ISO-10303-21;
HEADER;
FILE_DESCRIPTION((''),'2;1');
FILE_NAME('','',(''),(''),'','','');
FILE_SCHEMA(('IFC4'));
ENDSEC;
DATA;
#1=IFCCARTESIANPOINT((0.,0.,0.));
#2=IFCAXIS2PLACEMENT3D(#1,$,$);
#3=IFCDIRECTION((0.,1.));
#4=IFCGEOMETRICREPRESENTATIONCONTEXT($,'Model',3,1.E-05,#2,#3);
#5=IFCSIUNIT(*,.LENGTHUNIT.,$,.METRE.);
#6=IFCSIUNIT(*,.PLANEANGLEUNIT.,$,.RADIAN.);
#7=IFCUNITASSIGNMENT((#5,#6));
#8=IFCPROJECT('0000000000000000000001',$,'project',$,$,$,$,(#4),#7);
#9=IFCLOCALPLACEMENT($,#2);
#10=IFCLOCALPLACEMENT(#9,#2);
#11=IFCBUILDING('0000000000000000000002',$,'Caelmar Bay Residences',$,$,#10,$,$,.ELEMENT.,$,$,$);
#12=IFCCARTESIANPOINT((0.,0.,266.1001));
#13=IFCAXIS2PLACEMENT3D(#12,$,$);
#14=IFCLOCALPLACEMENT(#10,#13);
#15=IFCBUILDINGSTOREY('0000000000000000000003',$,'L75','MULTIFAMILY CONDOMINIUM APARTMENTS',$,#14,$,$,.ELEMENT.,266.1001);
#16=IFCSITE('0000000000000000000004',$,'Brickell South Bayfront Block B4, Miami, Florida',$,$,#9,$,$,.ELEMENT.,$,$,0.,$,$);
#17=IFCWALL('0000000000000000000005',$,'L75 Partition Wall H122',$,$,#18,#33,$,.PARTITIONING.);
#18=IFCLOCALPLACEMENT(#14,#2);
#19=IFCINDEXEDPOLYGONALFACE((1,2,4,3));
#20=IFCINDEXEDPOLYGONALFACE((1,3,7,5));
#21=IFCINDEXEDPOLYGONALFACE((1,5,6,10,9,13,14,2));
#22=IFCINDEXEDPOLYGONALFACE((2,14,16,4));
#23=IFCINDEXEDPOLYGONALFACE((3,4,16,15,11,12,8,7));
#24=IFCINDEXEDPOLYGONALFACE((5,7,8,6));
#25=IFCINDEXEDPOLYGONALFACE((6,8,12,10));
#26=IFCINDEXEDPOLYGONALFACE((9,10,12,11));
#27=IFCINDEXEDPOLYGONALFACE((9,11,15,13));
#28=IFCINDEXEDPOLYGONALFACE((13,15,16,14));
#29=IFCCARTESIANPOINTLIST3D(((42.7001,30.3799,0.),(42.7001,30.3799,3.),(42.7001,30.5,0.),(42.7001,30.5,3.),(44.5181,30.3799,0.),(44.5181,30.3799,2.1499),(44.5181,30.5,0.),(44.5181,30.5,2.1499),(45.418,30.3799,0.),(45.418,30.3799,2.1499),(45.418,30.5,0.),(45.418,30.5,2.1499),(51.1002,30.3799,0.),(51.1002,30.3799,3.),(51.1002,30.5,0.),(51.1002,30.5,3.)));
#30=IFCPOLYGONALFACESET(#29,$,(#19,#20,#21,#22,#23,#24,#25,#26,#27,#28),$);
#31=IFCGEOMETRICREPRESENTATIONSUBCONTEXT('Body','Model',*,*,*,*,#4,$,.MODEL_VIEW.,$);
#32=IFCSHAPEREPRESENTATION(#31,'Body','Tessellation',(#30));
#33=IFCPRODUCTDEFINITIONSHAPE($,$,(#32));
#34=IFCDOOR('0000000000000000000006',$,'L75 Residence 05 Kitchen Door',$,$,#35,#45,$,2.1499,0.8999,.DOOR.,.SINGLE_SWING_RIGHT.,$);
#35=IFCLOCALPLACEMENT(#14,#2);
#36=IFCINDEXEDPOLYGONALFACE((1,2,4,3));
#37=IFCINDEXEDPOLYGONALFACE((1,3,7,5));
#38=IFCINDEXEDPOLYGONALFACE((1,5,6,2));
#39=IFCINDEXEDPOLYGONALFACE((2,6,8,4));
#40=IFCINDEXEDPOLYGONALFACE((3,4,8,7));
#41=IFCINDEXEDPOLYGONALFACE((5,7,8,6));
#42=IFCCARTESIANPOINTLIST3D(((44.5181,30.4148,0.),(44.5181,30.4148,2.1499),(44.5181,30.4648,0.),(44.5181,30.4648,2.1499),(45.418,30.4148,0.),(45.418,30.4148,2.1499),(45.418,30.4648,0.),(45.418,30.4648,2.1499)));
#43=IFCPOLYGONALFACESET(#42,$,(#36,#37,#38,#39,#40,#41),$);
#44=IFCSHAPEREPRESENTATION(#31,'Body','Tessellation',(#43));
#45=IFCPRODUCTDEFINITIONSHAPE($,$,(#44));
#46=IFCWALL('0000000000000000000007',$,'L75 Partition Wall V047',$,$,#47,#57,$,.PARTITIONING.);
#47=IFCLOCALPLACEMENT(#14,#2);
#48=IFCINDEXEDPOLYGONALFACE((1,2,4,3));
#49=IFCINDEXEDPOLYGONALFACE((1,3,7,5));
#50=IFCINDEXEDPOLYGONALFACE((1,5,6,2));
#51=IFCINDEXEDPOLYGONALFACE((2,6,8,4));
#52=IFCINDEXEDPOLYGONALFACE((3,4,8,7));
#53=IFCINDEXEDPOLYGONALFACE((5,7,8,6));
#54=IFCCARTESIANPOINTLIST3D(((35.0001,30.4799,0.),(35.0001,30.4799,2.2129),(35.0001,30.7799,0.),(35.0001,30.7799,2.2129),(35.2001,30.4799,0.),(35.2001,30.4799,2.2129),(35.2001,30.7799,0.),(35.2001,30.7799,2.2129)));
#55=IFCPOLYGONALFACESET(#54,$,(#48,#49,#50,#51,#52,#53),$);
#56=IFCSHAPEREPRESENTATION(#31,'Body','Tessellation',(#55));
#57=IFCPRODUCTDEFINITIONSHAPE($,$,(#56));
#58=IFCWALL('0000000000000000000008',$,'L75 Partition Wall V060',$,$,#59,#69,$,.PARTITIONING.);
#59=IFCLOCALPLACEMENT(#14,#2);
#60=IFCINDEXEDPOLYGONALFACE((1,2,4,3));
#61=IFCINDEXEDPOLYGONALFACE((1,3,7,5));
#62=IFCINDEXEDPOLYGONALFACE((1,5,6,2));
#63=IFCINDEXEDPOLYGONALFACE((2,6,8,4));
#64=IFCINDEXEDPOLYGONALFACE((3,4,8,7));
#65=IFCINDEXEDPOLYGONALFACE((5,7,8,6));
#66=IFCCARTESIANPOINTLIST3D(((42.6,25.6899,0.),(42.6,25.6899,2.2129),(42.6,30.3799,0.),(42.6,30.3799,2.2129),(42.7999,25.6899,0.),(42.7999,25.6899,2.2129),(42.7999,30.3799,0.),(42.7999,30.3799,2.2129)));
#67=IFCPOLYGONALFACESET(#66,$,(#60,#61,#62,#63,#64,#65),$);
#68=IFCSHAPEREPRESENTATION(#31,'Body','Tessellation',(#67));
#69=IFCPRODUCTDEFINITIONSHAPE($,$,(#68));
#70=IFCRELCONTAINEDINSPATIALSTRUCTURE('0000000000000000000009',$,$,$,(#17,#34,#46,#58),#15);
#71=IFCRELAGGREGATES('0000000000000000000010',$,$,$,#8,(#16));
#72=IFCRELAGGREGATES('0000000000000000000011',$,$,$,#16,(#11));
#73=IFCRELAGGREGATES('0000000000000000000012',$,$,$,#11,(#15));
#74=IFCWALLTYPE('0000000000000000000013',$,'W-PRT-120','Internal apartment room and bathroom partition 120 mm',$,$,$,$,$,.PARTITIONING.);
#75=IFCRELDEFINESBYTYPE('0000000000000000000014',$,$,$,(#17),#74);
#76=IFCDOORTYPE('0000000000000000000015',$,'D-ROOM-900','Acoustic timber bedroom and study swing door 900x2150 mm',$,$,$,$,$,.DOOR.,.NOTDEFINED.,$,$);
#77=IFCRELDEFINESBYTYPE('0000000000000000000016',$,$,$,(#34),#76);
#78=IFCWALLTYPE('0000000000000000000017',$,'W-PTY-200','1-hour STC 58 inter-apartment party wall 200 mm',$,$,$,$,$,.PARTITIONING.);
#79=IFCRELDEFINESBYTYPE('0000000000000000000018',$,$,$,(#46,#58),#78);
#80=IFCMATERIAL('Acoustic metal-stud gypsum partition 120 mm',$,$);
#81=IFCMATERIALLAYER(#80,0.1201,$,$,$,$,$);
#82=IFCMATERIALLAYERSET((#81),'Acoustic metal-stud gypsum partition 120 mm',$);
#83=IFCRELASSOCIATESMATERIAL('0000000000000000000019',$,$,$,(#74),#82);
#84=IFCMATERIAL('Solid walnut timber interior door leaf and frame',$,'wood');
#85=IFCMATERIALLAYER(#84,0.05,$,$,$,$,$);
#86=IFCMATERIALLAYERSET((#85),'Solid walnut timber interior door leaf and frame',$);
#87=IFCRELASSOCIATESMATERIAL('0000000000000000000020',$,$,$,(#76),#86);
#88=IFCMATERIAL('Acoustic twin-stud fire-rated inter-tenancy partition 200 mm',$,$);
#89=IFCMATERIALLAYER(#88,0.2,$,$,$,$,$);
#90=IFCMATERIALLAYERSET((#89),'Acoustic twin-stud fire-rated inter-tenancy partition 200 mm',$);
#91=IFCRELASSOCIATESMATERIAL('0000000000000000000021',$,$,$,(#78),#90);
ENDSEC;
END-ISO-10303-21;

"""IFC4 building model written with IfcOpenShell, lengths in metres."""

from ifc_helpers import new_model, si_unit, direction, frame, frame_2d, origin, place, context, subcontext, project, spatial, rectangle, extrude, material, layer, layer_set, type_object, element, fill, save


model = new_model("IFC4")

# Units and contexts
model_context = context("Model", 3, precision=1e-05, world=origin(), true_north=direction((0.0, 1.0)))
body_context = subcontext(model_context, "Body", "Model", "MODEL_VIEW")
ifc_project = project(units=[si_unit("LENGTHUNIT", "METRE"), si_unit("PLANEANGLEUNIT", "RADIAN")], contexts=[model_context])

# Site, building, storey
site_placement = place(None, origin())
site = spatial("IfcSite", under=ifc_project, at=site_placement, Name="Brickell South Bayfront Block B4, Miami, Florida", CompositionType="ELEMENT", RefElevation=0.0)
building_placement = place(site_placement, origin())
building = spatial("IfcBuilding", under=site, at=building_placement, Name="Caelmar Bay Residences", CompositionType="ELEMENT")
storey_placement = place(building_placement, frame((0.0, 0.0, 266.1001)))
storey = spatial("IfcBuildingStorey", under=building, at=storey_placement, Name="L75", Description="MULTIFAMILY CONDOMINIUM APARTMENTS", CompositionType="ELEMENT", Elevation=266.1001)

# Shared definitions
ifc_material_1 = material(Name="Acoustic metal-stud gypsum partition 120 mm")
ifc_layer_1 = layer(ifc_material_1, 0.1201)
ifc_layer_set_1 = layer_set([ifc_layer_1], Name="Acoustic metal-stud gypsum partition 120 mm")
wall_type_1 = type_object("IfcWallType", Name="W-PRT-120", Description="Internal apartment room and bathroom partition 120 mm", PredefinedType="PARTITIONING", material=ifc_layer_set_1)
ifc_material_2 = material(Name="Solid walnut timber interior door leaf and frame", Category="wood")
ifc_layer_2 = layer(ifc_material_2, 0.05)
ifc_layer_set_2 = layer_set([ifc_layer_2], Name="Solid walnut timber interior door leaf and frame")
door_type = type_object("IfcDoorType", Name="D-ROOM-900", Description="Acoustic timber bedroom and study swing door 900x2150 mm", OperationType="NOTDEFINED", PredefinedType="DOOR", material=ifc_layer_set_2)

# Wall, opening, door
wall_1_placement = place(storey_placement, frame((42.7, 30.4399, 0.0), z_axis=(0.0, 0.0, 1.0), x_axis=(1.0, 0.0, 0.0)))
wall_1 = element("IfcWall", 1, at=wall_1_placement, inside=storey, type_object=wall_type_1, Name="L75 Partition Wall H122", PredefinedType="PARTITIONING", context=body_context, shape_type="SweptSolid", body=[
    extrude(rectangle(XDim=8.4001, YDim=0.1201, at=frame_2d((4.2002, 0.0))), origin(), (0.0, 0.0, 1.0), 3.0),
])
opening_1_placement = place(wall_1_placement, frame((1.8181, 0.0, 0.0)))
opening_1 = element("IfcOpeningElement", 2, at=opening_1_placement, cuts=wall_1, PredefinedType="OPENING", context=body_context, shape_type="SweptSolid", body=[
    extrude(rectangle(XDim=0.8999, YDim=2.1499, at=frame_2d((0.45, 1.075))), frame((0.0, 0.0701, 0.0), z_axis=(0.0, -1.0, 0.0), x_axis=(1.0, 0.0, 0.0)), (0.0, 0.0, 1.0), 0.1401),
])
door_1_placement = place(opening_1_placement, origin())
door_1 = element("IfcDoor", 3, at=door_1_placement, inside=storey, type_object=door_type, Name="L75 Residence 05 Kitchen Door", OperationType="SINGLE_SWING_RIGHT", OverallHeight=2.1499, OverallWidth=0.8999, PredefinedType="DOOR", context=body_context, shape_type="SweptSolid", body=[
    extrude(rectangle(XDim=0.8999, YDim=2.1499, at=frame_2d((0.45, 1.075))), frame((0.0, 0.0249, 0.0), z_axis=(0.0, -1.0, 0.0), x_axis=(1.0, 0.0, 0.0)), (0.0, 0.0, 1.0), 0.05),
])
fill(opening_1, door_1)

# Walls
ifc_material_3 = material(Name="Acoustic twin-stud fire-rated inter-tenancy partition 200 mm")
ifc_layer_3 = layer(ifc_material_3, 0.2)
ifc_layer_set_3 = layer_set([ifc_layer_3], Name="Acoustic twin-stud fire-rated inter-tenancy partition 200 mm")
wall_type_2 = type_object("IfcWallType", Name="W-PTY-200", Description="1-hour STC 58 inter-apartment party wall 200 mm", PredefinedType="PARTITIONING", material=ifc_layer_set_3)
wall_2_placement = place(storey_placement, frame((35.1001, 30.48, 0.0), z_axis=(0.0, 0.0, 1.0), x_axis=(0.0, 1.0, 0.0)))
element("IfcWall", 4, at=wall_2_placement, inside=storey, type_object=wall_type_2, Name="L75 Partition Wall V047", PredefinedType="PARTITIONING", context=body_context, shape_type="SweptSolid", body=[
    extrude(rectangle(XDim=0.3, YDim=0.2, at=frame_2d((0.1499, 0.0))), origin(), (0.0, 0.0, 1.0), 2.2129),
])
wall_3_placement = place(storey_placement, frame((42.7, 25.6899, 0.0), z_axis=(0.0, 0.0, 1.0), x_axis=(0.0, 1.0, 0.0)))
element("IfcWall", 5, at=wall_3_placement, inside=storey, type_object=wall_type_2, Name="L75 Partition Wall V060", PredefinedType="PARTITIONING", context=body_context, shape_type="SweptSolid", body=[
    extrude(rectangle(XDim=4.6899, YDim=0.2, at=frame_2d((2.345, 0.0))), origin(), (0.0, 0.0, 1.0), 2.2129),
])

save(model, "model.ifc")
